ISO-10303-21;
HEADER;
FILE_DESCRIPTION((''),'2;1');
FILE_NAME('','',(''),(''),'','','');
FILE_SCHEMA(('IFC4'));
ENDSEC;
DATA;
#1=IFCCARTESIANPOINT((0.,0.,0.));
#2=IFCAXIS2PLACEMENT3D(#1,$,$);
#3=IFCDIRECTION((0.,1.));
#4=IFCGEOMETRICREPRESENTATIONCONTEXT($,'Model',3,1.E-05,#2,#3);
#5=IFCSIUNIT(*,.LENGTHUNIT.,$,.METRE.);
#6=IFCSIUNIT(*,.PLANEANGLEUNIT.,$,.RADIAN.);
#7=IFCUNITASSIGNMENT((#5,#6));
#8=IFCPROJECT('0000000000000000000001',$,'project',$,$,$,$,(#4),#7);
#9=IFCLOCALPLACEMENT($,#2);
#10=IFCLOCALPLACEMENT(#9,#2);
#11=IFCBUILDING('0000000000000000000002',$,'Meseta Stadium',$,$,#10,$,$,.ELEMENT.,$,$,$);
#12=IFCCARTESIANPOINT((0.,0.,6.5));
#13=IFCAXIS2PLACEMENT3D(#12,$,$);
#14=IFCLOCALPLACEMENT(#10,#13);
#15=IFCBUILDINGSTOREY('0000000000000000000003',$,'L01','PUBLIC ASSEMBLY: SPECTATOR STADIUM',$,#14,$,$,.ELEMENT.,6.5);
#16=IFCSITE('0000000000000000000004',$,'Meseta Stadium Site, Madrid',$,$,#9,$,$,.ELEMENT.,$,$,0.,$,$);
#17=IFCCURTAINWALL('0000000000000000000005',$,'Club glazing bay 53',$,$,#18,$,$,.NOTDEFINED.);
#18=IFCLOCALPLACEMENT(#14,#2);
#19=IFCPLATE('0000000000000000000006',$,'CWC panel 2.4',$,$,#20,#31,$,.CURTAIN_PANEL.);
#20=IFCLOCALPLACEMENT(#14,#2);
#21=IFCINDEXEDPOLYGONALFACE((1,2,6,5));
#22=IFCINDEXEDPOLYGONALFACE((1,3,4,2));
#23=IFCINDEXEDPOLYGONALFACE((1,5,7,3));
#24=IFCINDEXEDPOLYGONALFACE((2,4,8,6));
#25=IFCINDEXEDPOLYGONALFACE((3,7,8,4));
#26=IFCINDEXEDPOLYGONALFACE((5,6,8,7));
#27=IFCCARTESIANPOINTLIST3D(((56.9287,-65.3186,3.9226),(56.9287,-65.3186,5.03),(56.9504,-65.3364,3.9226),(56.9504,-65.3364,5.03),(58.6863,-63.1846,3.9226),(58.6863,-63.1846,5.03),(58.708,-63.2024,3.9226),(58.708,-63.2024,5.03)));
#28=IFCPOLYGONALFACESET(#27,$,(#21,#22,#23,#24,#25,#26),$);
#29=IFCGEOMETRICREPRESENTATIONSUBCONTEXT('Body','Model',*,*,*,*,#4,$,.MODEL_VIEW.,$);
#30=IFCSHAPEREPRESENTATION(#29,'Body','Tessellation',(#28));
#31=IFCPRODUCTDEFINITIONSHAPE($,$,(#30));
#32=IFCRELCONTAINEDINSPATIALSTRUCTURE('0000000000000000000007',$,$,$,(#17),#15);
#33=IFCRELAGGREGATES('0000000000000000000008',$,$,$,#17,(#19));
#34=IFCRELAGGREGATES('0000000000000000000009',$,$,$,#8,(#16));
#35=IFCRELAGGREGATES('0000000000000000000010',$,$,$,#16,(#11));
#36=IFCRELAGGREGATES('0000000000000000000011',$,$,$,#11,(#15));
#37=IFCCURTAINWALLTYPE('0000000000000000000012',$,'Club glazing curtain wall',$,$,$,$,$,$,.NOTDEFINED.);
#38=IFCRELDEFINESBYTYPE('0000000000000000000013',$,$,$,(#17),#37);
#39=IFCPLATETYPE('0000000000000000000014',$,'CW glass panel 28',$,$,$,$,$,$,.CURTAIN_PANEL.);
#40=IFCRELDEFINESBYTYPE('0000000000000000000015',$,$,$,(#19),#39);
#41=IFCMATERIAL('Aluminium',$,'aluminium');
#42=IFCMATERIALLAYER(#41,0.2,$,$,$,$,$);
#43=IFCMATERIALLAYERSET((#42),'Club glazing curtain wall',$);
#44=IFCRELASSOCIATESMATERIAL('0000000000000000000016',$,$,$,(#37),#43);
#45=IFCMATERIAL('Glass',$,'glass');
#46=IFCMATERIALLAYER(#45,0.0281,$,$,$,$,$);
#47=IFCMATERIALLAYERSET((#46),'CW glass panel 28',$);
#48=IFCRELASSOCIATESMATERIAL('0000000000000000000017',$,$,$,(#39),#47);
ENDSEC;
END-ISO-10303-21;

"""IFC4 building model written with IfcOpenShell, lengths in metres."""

from ifc_helpers import new_model, si_unit, direction, frame, origin, origin_2d, place, context, subcontext, project, spatial, rectangle, extrude, material, layer, layer_set, type_object, element, aggregate, save


model = new_model("IFC4")

# Units and contexts
model_context = context("Model", 3, precision=1e-05, world=origin(), true_north=direction((0.0, 1.0)))
body_context = subcontext(model_context, "Body", "Model", "MODEL_VIEW")
ifc_project = project(units=[si_unit("LENGTHUNIT", "METRE"), si_unit("PLANEANGLEUNIT", "RADIAN")], contexts=[model_context])

# Site, building, storey
site_placement = place(None, origin())
site = spatial("IfcSite", under=ifc_project, at=site_placement, Name="Meseta Stadium Site, Madrid", CompositionType="ELEMENT", RefElevation=0.0)
building_placement = place(site_placement, origin())
building = spatial("IfcBuilding", under=site, at=building_placement, Name="Meseta Stadium", CompositionType="ELEMENT")
storey_placement = place(building_placement, frame((0.0, 0.0, 6.5)))
storey = spatial("IfcBuildingStorey", under=building, at=storey_placement, Name="L01", Description="PUBLIC ASSEMBLY: SPECTATOR STADIUM", CompositionType="ELEMENT", Elevation=6.5)

# Shared definitions
ifc_material_1 = material(Name="Aluminium", Category="aluminium")
ifc_layer_1 = layer(ifc_material_1, 0.2)
ifc_layer_set_1 = layer_set([ifc_layer_1], Name="Club glazing curtain wall")
curtain_wall_type = type_object("IfcCurtainWallType", Name="Club glazing curtain wall", PredefinedType="NOTDEFINED", material=ifc_layer_set_1)

# Curtain wall
curtain_wall_1_placement = place(storey_placement, origin())
curtain_wall_1 = element("IfcCurtainWall", 1, at=curtain_wall_1_placement, inside=storey, type_object=curtain_wall_type, Name="Club glazing bay 53", PredefinedType="NOTDEFINED")

# Plate
ifc_material_2 = material(Name="Glass", Category="glass")
ifc_layer_2 = layer(ifc_material_2, 0.0281)
ifc_layer_set_2 = layer_set([ifc_layer_2], Name="CW glass panel 28")
plate_type = type_object("IfcPlateType", Name="CW glass panel 28", PredefinedType="CURTAIN_PANEL", material=ifc_layer_set_2)
plate_1_placement = place(storey_placement, frame((57.8184, -64.2605, 3.9226), z_axis=(0.0, 0.0, 1.0), x_axis=(0.635741, 0.771902, 0.0)))
plate_1 = element("IfcPlate", 2, at=plate_1_placement, type_object=plate_type, Name="CWC panel 2.4", PredefinedType="CURTAIN_PANEL", context=body_context, shape_type="SweptSolid", body=[
    extrude(rectangle(XDim=2.7646, YDim=0.0281, at=origin_2d()), origin(), (0.0, 0.0, 1.0), 1.1074),
])
aggregate(curtain_wall_1, [plate_1])

save(model, "model.ifc")
